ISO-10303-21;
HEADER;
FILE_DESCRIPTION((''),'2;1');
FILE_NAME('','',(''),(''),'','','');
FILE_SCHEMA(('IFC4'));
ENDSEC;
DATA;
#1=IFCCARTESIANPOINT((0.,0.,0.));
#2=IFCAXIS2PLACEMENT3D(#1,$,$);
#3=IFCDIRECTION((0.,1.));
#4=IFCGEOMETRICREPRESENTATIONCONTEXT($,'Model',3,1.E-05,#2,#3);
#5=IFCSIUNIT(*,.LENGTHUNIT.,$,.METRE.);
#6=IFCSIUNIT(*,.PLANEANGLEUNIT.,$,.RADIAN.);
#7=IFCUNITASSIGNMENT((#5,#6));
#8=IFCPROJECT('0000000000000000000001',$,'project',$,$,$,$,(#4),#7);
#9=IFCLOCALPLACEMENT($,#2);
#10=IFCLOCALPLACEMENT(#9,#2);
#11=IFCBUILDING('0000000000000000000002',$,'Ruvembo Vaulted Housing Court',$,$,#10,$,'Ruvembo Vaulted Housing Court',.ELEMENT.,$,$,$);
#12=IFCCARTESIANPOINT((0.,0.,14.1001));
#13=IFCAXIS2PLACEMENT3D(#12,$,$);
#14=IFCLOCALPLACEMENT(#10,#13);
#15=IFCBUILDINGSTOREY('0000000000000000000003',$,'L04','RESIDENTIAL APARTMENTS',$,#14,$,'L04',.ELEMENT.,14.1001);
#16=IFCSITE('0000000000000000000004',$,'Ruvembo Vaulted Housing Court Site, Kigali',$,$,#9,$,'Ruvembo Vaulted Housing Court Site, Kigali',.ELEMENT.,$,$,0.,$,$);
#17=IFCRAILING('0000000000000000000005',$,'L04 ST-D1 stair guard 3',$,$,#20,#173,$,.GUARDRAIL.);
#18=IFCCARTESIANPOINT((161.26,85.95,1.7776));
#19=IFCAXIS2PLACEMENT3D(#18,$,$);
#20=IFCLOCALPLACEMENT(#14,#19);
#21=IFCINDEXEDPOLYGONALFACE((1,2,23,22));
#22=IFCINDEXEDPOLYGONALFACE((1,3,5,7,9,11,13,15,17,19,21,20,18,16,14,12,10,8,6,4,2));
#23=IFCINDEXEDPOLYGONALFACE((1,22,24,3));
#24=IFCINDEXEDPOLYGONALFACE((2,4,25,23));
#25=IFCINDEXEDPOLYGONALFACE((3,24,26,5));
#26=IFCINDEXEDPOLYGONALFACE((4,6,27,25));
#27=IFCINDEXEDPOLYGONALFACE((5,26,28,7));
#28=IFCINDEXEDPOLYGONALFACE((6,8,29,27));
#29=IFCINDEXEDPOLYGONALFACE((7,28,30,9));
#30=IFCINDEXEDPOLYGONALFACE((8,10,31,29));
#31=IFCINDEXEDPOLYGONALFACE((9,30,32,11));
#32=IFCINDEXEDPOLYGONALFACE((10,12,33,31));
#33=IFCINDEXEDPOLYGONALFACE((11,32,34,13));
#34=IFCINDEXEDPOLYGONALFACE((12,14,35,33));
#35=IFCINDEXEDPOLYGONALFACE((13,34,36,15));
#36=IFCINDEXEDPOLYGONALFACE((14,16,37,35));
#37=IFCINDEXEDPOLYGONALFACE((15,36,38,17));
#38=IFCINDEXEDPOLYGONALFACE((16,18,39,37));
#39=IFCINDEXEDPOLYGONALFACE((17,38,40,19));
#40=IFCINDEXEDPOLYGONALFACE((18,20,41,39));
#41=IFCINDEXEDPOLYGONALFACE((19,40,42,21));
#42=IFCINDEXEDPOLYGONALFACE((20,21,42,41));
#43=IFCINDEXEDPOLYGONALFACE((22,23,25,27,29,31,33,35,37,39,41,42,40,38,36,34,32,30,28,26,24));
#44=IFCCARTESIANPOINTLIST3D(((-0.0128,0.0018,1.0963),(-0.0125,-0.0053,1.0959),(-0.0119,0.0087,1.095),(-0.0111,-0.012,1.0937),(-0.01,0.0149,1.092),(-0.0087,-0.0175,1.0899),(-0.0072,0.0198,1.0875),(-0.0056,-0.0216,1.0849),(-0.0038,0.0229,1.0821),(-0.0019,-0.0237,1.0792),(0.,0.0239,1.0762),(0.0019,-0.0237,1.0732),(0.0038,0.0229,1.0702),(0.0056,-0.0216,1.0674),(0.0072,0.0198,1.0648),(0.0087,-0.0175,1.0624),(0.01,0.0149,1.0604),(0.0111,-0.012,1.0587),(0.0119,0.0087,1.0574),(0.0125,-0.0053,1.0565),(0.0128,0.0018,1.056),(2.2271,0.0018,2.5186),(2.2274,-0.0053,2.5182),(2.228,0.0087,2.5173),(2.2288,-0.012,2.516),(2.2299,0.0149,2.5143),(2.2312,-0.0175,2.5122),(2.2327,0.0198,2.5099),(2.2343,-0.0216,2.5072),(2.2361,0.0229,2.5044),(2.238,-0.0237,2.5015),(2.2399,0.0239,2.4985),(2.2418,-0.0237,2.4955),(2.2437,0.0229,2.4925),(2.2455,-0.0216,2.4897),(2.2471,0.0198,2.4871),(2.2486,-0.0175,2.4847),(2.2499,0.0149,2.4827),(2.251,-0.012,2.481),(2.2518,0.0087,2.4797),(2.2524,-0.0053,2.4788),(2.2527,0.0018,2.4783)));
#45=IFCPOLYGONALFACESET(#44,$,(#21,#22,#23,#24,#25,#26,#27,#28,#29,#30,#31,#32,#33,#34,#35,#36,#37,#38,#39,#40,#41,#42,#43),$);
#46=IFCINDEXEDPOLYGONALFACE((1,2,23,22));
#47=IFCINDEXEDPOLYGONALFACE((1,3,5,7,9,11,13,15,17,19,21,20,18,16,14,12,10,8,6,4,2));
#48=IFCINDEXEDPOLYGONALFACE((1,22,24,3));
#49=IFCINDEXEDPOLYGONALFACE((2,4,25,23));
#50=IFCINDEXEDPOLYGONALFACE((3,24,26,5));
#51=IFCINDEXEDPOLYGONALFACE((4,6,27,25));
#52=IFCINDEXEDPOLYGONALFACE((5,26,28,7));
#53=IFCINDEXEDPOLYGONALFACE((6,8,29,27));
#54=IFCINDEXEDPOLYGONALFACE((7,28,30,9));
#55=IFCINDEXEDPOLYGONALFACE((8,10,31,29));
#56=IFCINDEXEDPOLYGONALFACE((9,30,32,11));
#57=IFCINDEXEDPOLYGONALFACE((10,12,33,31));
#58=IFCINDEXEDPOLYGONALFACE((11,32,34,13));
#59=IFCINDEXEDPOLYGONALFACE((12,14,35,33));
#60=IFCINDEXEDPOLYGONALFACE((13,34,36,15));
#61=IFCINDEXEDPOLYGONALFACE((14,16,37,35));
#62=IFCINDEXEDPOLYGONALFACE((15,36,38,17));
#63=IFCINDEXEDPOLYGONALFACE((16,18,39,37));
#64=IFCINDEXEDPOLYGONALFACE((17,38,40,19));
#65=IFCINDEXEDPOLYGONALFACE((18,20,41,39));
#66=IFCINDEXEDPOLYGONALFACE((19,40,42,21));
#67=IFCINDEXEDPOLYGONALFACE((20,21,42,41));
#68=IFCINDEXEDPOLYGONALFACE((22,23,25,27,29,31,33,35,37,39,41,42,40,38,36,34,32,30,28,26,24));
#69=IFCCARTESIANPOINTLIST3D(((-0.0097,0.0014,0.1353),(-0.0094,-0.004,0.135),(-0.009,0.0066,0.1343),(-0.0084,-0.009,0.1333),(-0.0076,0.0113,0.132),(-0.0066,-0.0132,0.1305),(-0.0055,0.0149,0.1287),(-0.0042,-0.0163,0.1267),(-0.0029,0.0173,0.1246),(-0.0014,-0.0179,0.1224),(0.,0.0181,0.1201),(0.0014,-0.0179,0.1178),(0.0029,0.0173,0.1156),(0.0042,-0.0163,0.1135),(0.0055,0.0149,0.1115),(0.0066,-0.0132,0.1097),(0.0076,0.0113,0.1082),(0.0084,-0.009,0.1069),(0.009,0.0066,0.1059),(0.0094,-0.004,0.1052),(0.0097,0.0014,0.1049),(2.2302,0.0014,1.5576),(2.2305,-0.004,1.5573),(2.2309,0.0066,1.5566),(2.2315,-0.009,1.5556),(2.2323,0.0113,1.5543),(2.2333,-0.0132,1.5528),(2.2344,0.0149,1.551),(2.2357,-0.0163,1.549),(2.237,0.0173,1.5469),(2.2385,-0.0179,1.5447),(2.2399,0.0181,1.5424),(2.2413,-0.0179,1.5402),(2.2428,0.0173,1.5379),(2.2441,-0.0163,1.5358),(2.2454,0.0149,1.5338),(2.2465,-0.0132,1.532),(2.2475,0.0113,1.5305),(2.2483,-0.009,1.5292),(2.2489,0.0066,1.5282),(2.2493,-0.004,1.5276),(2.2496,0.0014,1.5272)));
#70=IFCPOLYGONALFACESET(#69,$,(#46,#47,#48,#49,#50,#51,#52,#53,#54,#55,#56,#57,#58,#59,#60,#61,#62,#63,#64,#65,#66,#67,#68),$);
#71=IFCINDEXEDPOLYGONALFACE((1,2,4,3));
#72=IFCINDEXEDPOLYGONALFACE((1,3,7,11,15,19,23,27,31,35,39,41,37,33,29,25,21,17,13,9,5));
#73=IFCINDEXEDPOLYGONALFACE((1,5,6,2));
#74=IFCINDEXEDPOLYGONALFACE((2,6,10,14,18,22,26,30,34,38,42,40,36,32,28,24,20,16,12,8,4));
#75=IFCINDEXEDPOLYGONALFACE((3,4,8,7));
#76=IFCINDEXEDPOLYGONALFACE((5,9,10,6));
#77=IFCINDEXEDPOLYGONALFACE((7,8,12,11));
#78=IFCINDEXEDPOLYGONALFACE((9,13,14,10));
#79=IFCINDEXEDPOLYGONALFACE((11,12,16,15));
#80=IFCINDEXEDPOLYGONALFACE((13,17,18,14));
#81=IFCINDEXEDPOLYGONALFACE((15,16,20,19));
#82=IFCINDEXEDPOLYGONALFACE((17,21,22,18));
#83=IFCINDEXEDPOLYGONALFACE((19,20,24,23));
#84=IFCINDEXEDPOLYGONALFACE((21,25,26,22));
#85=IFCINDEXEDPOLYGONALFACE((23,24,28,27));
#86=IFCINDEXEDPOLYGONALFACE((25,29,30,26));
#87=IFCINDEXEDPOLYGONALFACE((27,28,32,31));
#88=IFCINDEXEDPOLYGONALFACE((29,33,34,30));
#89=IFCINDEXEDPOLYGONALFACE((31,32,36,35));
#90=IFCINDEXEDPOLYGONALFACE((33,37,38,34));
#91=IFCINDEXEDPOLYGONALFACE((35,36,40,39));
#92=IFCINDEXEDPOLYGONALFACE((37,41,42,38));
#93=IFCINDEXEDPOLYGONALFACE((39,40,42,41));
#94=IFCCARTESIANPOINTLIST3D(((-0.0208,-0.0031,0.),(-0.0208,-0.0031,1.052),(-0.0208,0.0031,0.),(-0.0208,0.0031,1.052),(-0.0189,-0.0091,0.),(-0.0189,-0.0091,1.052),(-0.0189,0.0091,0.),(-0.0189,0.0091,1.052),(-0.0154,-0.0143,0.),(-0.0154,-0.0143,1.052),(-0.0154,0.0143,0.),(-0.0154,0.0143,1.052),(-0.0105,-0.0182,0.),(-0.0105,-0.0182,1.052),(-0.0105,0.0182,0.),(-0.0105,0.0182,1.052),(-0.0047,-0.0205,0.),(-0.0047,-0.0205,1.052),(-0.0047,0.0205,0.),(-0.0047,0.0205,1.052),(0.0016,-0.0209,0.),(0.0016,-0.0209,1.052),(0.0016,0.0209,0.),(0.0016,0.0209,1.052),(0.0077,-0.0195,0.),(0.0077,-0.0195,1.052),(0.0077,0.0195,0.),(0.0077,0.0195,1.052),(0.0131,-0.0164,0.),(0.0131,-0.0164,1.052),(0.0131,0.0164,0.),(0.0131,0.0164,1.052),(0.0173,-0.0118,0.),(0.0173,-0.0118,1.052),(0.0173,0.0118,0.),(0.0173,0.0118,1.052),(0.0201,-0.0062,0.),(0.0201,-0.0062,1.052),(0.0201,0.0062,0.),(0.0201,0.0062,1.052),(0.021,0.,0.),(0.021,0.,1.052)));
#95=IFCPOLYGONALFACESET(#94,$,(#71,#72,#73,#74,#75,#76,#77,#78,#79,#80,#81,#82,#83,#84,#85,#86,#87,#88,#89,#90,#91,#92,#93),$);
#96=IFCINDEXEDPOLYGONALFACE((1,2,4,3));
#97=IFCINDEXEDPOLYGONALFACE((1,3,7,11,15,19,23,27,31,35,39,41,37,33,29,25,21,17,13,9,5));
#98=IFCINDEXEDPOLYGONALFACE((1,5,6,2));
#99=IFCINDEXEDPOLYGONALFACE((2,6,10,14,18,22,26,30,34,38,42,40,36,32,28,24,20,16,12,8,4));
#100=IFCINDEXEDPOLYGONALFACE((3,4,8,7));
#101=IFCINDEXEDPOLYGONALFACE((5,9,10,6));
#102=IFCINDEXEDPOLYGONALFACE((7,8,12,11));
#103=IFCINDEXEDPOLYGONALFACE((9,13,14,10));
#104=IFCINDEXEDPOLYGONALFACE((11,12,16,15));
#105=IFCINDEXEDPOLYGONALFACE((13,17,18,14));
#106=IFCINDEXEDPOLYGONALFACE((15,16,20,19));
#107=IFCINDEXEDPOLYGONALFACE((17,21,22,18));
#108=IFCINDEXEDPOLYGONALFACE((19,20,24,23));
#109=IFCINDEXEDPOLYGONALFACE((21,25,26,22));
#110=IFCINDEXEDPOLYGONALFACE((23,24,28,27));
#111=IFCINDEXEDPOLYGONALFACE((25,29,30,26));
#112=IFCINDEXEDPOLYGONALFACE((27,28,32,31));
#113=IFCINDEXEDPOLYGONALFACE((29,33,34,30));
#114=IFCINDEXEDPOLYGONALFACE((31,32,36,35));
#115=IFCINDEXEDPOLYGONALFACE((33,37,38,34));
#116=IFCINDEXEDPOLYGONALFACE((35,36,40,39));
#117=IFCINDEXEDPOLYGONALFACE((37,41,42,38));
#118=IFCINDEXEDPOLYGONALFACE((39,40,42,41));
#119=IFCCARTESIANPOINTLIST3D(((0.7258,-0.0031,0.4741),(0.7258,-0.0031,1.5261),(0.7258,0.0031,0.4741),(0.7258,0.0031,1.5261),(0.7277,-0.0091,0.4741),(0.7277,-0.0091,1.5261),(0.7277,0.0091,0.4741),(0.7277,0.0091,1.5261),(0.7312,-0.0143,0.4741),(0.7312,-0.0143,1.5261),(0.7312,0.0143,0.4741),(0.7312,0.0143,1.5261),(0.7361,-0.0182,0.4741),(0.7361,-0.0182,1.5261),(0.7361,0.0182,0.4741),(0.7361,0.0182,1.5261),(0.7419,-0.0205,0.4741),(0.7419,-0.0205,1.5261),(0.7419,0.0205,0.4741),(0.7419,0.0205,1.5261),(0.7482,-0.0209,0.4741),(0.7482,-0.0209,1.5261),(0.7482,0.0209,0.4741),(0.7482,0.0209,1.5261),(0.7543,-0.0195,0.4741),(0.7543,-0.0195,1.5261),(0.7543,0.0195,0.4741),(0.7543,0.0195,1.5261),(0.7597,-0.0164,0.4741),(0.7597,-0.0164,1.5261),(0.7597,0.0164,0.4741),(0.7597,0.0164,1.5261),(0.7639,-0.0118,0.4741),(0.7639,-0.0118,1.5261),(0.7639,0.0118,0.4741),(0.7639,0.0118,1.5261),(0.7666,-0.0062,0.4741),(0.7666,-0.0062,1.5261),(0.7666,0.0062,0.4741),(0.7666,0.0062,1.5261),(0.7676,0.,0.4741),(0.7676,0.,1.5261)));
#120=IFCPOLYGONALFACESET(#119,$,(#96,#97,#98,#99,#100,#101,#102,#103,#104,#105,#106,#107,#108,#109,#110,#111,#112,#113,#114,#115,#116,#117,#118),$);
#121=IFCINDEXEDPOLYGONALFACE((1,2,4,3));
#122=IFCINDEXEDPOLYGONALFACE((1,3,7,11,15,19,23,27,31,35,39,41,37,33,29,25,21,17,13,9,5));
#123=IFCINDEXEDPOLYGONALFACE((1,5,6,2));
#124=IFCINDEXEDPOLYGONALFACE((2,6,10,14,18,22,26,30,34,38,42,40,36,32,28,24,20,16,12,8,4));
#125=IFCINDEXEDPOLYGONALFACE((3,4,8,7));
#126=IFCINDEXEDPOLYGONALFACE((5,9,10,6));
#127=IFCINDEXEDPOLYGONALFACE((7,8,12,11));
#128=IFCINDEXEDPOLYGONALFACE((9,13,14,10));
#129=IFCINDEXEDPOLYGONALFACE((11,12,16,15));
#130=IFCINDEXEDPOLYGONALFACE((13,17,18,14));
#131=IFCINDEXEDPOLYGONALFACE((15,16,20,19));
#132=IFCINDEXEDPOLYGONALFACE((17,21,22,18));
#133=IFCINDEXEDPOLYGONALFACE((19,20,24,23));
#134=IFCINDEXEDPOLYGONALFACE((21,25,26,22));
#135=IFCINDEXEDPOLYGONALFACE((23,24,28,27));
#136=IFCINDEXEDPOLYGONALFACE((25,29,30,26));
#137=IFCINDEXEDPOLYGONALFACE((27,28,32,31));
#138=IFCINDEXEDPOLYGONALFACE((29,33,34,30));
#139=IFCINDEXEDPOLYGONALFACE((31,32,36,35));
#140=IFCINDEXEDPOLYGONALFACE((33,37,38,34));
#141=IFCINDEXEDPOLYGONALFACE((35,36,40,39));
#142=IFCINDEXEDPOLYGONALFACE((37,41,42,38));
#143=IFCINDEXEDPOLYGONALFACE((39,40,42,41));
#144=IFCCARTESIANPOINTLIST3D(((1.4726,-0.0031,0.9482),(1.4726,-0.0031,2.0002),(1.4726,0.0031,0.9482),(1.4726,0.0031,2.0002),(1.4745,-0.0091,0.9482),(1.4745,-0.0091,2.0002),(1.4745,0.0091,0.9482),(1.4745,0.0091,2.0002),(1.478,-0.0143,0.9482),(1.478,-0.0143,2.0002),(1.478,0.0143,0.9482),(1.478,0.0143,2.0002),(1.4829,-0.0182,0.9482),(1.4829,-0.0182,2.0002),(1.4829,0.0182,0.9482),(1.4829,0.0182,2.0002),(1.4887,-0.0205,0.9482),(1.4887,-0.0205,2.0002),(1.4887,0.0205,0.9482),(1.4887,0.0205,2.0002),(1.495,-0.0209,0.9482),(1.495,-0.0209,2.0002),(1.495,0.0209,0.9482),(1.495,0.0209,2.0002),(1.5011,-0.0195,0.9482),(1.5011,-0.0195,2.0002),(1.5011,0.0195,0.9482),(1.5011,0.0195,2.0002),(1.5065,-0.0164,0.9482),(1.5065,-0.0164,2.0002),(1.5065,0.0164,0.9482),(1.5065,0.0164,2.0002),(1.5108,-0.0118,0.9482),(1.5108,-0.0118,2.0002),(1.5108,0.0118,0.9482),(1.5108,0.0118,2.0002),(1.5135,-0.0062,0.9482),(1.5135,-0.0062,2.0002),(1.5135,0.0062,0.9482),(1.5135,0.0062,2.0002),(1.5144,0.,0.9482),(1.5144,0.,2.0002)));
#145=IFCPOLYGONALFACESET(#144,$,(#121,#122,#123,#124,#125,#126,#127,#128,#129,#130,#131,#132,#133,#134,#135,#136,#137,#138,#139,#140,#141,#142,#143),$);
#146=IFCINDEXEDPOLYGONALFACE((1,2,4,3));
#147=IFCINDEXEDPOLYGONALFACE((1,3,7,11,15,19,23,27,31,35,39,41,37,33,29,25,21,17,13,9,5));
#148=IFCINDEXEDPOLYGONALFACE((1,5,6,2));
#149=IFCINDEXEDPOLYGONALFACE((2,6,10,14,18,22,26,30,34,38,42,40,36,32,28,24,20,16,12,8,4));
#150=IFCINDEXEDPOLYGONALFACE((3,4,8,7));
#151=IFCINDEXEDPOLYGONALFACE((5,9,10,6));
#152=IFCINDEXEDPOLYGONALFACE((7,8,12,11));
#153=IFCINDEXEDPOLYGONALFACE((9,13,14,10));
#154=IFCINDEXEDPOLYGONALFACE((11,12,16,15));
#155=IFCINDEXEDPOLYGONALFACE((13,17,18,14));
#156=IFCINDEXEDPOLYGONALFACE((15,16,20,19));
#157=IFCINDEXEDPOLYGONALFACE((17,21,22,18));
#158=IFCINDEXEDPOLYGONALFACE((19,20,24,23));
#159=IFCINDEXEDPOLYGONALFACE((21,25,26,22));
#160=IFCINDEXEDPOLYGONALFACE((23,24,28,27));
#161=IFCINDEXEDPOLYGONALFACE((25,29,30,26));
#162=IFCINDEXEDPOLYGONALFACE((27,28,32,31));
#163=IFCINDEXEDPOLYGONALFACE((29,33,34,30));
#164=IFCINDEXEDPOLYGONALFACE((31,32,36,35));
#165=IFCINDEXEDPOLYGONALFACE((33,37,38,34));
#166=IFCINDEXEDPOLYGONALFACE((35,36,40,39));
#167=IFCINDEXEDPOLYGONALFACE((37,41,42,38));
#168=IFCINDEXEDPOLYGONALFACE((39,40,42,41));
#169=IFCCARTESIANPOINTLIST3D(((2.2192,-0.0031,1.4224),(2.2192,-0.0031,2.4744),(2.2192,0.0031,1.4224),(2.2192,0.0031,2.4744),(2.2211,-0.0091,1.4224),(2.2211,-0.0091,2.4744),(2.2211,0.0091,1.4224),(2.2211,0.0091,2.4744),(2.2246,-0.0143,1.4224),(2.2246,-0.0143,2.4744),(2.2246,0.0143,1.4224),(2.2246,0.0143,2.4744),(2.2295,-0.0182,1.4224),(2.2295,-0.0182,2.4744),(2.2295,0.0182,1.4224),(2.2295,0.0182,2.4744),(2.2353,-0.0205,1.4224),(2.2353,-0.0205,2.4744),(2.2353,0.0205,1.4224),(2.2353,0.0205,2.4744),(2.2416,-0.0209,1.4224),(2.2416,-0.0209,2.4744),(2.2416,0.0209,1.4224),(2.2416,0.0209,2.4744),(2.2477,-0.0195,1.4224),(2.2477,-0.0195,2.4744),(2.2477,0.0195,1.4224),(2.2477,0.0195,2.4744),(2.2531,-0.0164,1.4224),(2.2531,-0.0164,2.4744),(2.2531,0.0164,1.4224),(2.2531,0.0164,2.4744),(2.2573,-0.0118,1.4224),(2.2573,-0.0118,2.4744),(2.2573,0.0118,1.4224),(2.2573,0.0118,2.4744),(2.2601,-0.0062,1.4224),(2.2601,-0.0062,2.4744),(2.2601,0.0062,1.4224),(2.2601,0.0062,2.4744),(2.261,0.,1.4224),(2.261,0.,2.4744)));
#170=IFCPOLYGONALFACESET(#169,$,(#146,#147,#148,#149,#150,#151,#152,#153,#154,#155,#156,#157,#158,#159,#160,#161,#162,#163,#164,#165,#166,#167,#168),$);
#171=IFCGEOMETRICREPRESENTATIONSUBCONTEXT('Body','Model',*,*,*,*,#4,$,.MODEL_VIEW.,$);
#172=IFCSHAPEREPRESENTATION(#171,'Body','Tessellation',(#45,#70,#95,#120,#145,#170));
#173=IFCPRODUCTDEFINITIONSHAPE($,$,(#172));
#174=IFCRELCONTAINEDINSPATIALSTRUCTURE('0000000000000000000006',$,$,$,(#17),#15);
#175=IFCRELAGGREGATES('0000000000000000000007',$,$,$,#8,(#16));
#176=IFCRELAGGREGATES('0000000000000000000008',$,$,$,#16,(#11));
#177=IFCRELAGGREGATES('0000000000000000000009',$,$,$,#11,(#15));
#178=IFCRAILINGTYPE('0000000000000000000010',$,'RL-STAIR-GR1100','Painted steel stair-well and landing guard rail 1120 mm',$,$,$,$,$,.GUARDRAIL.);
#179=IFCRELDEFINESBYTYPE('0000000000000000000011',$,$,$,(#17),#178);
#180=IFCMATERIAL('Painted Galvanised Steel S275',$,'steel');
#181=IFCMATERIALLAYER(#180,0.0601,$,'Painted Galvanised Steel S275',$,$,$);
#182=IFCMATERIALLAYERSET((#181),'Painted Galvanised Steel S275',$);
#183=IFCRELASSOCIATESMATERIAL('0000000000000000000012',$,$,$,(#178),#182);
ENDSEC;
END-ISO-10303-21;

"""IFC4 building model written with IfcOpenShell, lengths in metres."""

from ifc_helpers import new_model, si_unit, direction, frame, origin, origin_2d, place, context, subcontext, project, spatial, circle, extrude, material, layer, layer_set, type_object, element, save


model = new_model("IFC4")

# Units and contexts
model_context = context("Model", 3, precision=1e-05, world=origin(), true_north=direction((0.0, 1.0)))
body_context = subcontext(model_context, "Body", "Model", "MODEL_VIEW")
ifc_project = project(units=[si_unit("LENGTHUNIT", "METRE"), si_unit("PLANEANGLEUNIT", "RADIAN")], contexts=[model_context])

# Site, building, storey
site_placement = place(None, origin())
site = spatial("IfcSite", under=ifc_project, at=site_placement, Name="Ruvembo Vaulted Housing Court Site, Kigali", LongName="Ruvembo Vaulted Housing Court Site, Kigali", CompositionType="ELEMENT", RefElevation=0.0)
building_placement = place(site_placement, origin())
building = spatial("IfcBuilding", under=site, at=building_placement, Name="Ruvembo Vaulted Housing Court", LongName="Ruvembo Vaulted Housing Court", CompositionType="ELEMENT")
storey_placement = place(building_placement, frame((0.0, 0.0, 14.1001)))
storey = spatial("IfcBuildingStorey", under=building, at=storey_placement, Name="L04", Description="RESIDENTIAL APARTMENTS", LongName="L04", CompositionType="ELEMENT", Elevation=14.1001)

# Railing
ifc_material_1 = material(Name="Painted Galvanised Steel S275", Category="steel")
ifc_layer_1 = layer(ifc_material_1, 0.0601, Name="Painted Galvanised Steel S275")
ifc_layer_set_1 = layer_set([ifc_layer_1], Name="Painted Galvanised Steel S275")
railing_type_1 = type_object("IfcRailingType", Name="RL-STAIR-GR1100", Description="Painted steel stair-well and landing guard rail 1120 mm", PredefinedType="GUARDRAIL", material=ifc_layer_set_1)
railing_1_placement = place(storey_placement, frame((161.26, 85.95, 1.7776)))
element("IfcRailing", 1, at=railing_1_placement, inside=storey, type_object=railing_type_1, Name="L04 ST-D1 stair guard 3", PredefinedType="GUARDRAIL", context=body_context, shape_type="SweptSolid", body=[
    extrude(circle(Radius=0.0239, at=origin_2d()), frame((0.0, 0.0, 1.0762), z_axis=(0.844188, 0.0, 0.536048), x_axis=(0.0, 1.0, 0.0)), (0.0, 0.0, 1.0), 2.6533),
    extrude(circle(Radius=0.0181, at=origin_2d()), frame((0.0, 0.0, 0.1201), z_axis=(0.844188, 0.0, 0.536048), x_axis=(0.0, 1.0, 0.0)), (0.0, 0.0, 1.0), 2.6533),
    extrude(circle(Radius=0.021, at=origin_2d()), origin(), (0.0, 0.0, 1.0), 1.052),
    extrude(circle(Radius=0.021, at=origin_2d()), frame((0.7466, 0.0, 0.4741)), (0.0, 0.0, 1.0), 1.052),
    extrude(circle(Radius=0.021, at=origin_2d()), frame((1.4934, 0.0, 0.9482)), (0.0, 0.0, 1.0), 1.052),
    extrude(circle(Radius=0.021, at=origin_2d()), frame((2.24, 0.0, 1.4224)), (0.0, 0.0, 1.0), 1.052),
])

save(model, "model.ifc")
